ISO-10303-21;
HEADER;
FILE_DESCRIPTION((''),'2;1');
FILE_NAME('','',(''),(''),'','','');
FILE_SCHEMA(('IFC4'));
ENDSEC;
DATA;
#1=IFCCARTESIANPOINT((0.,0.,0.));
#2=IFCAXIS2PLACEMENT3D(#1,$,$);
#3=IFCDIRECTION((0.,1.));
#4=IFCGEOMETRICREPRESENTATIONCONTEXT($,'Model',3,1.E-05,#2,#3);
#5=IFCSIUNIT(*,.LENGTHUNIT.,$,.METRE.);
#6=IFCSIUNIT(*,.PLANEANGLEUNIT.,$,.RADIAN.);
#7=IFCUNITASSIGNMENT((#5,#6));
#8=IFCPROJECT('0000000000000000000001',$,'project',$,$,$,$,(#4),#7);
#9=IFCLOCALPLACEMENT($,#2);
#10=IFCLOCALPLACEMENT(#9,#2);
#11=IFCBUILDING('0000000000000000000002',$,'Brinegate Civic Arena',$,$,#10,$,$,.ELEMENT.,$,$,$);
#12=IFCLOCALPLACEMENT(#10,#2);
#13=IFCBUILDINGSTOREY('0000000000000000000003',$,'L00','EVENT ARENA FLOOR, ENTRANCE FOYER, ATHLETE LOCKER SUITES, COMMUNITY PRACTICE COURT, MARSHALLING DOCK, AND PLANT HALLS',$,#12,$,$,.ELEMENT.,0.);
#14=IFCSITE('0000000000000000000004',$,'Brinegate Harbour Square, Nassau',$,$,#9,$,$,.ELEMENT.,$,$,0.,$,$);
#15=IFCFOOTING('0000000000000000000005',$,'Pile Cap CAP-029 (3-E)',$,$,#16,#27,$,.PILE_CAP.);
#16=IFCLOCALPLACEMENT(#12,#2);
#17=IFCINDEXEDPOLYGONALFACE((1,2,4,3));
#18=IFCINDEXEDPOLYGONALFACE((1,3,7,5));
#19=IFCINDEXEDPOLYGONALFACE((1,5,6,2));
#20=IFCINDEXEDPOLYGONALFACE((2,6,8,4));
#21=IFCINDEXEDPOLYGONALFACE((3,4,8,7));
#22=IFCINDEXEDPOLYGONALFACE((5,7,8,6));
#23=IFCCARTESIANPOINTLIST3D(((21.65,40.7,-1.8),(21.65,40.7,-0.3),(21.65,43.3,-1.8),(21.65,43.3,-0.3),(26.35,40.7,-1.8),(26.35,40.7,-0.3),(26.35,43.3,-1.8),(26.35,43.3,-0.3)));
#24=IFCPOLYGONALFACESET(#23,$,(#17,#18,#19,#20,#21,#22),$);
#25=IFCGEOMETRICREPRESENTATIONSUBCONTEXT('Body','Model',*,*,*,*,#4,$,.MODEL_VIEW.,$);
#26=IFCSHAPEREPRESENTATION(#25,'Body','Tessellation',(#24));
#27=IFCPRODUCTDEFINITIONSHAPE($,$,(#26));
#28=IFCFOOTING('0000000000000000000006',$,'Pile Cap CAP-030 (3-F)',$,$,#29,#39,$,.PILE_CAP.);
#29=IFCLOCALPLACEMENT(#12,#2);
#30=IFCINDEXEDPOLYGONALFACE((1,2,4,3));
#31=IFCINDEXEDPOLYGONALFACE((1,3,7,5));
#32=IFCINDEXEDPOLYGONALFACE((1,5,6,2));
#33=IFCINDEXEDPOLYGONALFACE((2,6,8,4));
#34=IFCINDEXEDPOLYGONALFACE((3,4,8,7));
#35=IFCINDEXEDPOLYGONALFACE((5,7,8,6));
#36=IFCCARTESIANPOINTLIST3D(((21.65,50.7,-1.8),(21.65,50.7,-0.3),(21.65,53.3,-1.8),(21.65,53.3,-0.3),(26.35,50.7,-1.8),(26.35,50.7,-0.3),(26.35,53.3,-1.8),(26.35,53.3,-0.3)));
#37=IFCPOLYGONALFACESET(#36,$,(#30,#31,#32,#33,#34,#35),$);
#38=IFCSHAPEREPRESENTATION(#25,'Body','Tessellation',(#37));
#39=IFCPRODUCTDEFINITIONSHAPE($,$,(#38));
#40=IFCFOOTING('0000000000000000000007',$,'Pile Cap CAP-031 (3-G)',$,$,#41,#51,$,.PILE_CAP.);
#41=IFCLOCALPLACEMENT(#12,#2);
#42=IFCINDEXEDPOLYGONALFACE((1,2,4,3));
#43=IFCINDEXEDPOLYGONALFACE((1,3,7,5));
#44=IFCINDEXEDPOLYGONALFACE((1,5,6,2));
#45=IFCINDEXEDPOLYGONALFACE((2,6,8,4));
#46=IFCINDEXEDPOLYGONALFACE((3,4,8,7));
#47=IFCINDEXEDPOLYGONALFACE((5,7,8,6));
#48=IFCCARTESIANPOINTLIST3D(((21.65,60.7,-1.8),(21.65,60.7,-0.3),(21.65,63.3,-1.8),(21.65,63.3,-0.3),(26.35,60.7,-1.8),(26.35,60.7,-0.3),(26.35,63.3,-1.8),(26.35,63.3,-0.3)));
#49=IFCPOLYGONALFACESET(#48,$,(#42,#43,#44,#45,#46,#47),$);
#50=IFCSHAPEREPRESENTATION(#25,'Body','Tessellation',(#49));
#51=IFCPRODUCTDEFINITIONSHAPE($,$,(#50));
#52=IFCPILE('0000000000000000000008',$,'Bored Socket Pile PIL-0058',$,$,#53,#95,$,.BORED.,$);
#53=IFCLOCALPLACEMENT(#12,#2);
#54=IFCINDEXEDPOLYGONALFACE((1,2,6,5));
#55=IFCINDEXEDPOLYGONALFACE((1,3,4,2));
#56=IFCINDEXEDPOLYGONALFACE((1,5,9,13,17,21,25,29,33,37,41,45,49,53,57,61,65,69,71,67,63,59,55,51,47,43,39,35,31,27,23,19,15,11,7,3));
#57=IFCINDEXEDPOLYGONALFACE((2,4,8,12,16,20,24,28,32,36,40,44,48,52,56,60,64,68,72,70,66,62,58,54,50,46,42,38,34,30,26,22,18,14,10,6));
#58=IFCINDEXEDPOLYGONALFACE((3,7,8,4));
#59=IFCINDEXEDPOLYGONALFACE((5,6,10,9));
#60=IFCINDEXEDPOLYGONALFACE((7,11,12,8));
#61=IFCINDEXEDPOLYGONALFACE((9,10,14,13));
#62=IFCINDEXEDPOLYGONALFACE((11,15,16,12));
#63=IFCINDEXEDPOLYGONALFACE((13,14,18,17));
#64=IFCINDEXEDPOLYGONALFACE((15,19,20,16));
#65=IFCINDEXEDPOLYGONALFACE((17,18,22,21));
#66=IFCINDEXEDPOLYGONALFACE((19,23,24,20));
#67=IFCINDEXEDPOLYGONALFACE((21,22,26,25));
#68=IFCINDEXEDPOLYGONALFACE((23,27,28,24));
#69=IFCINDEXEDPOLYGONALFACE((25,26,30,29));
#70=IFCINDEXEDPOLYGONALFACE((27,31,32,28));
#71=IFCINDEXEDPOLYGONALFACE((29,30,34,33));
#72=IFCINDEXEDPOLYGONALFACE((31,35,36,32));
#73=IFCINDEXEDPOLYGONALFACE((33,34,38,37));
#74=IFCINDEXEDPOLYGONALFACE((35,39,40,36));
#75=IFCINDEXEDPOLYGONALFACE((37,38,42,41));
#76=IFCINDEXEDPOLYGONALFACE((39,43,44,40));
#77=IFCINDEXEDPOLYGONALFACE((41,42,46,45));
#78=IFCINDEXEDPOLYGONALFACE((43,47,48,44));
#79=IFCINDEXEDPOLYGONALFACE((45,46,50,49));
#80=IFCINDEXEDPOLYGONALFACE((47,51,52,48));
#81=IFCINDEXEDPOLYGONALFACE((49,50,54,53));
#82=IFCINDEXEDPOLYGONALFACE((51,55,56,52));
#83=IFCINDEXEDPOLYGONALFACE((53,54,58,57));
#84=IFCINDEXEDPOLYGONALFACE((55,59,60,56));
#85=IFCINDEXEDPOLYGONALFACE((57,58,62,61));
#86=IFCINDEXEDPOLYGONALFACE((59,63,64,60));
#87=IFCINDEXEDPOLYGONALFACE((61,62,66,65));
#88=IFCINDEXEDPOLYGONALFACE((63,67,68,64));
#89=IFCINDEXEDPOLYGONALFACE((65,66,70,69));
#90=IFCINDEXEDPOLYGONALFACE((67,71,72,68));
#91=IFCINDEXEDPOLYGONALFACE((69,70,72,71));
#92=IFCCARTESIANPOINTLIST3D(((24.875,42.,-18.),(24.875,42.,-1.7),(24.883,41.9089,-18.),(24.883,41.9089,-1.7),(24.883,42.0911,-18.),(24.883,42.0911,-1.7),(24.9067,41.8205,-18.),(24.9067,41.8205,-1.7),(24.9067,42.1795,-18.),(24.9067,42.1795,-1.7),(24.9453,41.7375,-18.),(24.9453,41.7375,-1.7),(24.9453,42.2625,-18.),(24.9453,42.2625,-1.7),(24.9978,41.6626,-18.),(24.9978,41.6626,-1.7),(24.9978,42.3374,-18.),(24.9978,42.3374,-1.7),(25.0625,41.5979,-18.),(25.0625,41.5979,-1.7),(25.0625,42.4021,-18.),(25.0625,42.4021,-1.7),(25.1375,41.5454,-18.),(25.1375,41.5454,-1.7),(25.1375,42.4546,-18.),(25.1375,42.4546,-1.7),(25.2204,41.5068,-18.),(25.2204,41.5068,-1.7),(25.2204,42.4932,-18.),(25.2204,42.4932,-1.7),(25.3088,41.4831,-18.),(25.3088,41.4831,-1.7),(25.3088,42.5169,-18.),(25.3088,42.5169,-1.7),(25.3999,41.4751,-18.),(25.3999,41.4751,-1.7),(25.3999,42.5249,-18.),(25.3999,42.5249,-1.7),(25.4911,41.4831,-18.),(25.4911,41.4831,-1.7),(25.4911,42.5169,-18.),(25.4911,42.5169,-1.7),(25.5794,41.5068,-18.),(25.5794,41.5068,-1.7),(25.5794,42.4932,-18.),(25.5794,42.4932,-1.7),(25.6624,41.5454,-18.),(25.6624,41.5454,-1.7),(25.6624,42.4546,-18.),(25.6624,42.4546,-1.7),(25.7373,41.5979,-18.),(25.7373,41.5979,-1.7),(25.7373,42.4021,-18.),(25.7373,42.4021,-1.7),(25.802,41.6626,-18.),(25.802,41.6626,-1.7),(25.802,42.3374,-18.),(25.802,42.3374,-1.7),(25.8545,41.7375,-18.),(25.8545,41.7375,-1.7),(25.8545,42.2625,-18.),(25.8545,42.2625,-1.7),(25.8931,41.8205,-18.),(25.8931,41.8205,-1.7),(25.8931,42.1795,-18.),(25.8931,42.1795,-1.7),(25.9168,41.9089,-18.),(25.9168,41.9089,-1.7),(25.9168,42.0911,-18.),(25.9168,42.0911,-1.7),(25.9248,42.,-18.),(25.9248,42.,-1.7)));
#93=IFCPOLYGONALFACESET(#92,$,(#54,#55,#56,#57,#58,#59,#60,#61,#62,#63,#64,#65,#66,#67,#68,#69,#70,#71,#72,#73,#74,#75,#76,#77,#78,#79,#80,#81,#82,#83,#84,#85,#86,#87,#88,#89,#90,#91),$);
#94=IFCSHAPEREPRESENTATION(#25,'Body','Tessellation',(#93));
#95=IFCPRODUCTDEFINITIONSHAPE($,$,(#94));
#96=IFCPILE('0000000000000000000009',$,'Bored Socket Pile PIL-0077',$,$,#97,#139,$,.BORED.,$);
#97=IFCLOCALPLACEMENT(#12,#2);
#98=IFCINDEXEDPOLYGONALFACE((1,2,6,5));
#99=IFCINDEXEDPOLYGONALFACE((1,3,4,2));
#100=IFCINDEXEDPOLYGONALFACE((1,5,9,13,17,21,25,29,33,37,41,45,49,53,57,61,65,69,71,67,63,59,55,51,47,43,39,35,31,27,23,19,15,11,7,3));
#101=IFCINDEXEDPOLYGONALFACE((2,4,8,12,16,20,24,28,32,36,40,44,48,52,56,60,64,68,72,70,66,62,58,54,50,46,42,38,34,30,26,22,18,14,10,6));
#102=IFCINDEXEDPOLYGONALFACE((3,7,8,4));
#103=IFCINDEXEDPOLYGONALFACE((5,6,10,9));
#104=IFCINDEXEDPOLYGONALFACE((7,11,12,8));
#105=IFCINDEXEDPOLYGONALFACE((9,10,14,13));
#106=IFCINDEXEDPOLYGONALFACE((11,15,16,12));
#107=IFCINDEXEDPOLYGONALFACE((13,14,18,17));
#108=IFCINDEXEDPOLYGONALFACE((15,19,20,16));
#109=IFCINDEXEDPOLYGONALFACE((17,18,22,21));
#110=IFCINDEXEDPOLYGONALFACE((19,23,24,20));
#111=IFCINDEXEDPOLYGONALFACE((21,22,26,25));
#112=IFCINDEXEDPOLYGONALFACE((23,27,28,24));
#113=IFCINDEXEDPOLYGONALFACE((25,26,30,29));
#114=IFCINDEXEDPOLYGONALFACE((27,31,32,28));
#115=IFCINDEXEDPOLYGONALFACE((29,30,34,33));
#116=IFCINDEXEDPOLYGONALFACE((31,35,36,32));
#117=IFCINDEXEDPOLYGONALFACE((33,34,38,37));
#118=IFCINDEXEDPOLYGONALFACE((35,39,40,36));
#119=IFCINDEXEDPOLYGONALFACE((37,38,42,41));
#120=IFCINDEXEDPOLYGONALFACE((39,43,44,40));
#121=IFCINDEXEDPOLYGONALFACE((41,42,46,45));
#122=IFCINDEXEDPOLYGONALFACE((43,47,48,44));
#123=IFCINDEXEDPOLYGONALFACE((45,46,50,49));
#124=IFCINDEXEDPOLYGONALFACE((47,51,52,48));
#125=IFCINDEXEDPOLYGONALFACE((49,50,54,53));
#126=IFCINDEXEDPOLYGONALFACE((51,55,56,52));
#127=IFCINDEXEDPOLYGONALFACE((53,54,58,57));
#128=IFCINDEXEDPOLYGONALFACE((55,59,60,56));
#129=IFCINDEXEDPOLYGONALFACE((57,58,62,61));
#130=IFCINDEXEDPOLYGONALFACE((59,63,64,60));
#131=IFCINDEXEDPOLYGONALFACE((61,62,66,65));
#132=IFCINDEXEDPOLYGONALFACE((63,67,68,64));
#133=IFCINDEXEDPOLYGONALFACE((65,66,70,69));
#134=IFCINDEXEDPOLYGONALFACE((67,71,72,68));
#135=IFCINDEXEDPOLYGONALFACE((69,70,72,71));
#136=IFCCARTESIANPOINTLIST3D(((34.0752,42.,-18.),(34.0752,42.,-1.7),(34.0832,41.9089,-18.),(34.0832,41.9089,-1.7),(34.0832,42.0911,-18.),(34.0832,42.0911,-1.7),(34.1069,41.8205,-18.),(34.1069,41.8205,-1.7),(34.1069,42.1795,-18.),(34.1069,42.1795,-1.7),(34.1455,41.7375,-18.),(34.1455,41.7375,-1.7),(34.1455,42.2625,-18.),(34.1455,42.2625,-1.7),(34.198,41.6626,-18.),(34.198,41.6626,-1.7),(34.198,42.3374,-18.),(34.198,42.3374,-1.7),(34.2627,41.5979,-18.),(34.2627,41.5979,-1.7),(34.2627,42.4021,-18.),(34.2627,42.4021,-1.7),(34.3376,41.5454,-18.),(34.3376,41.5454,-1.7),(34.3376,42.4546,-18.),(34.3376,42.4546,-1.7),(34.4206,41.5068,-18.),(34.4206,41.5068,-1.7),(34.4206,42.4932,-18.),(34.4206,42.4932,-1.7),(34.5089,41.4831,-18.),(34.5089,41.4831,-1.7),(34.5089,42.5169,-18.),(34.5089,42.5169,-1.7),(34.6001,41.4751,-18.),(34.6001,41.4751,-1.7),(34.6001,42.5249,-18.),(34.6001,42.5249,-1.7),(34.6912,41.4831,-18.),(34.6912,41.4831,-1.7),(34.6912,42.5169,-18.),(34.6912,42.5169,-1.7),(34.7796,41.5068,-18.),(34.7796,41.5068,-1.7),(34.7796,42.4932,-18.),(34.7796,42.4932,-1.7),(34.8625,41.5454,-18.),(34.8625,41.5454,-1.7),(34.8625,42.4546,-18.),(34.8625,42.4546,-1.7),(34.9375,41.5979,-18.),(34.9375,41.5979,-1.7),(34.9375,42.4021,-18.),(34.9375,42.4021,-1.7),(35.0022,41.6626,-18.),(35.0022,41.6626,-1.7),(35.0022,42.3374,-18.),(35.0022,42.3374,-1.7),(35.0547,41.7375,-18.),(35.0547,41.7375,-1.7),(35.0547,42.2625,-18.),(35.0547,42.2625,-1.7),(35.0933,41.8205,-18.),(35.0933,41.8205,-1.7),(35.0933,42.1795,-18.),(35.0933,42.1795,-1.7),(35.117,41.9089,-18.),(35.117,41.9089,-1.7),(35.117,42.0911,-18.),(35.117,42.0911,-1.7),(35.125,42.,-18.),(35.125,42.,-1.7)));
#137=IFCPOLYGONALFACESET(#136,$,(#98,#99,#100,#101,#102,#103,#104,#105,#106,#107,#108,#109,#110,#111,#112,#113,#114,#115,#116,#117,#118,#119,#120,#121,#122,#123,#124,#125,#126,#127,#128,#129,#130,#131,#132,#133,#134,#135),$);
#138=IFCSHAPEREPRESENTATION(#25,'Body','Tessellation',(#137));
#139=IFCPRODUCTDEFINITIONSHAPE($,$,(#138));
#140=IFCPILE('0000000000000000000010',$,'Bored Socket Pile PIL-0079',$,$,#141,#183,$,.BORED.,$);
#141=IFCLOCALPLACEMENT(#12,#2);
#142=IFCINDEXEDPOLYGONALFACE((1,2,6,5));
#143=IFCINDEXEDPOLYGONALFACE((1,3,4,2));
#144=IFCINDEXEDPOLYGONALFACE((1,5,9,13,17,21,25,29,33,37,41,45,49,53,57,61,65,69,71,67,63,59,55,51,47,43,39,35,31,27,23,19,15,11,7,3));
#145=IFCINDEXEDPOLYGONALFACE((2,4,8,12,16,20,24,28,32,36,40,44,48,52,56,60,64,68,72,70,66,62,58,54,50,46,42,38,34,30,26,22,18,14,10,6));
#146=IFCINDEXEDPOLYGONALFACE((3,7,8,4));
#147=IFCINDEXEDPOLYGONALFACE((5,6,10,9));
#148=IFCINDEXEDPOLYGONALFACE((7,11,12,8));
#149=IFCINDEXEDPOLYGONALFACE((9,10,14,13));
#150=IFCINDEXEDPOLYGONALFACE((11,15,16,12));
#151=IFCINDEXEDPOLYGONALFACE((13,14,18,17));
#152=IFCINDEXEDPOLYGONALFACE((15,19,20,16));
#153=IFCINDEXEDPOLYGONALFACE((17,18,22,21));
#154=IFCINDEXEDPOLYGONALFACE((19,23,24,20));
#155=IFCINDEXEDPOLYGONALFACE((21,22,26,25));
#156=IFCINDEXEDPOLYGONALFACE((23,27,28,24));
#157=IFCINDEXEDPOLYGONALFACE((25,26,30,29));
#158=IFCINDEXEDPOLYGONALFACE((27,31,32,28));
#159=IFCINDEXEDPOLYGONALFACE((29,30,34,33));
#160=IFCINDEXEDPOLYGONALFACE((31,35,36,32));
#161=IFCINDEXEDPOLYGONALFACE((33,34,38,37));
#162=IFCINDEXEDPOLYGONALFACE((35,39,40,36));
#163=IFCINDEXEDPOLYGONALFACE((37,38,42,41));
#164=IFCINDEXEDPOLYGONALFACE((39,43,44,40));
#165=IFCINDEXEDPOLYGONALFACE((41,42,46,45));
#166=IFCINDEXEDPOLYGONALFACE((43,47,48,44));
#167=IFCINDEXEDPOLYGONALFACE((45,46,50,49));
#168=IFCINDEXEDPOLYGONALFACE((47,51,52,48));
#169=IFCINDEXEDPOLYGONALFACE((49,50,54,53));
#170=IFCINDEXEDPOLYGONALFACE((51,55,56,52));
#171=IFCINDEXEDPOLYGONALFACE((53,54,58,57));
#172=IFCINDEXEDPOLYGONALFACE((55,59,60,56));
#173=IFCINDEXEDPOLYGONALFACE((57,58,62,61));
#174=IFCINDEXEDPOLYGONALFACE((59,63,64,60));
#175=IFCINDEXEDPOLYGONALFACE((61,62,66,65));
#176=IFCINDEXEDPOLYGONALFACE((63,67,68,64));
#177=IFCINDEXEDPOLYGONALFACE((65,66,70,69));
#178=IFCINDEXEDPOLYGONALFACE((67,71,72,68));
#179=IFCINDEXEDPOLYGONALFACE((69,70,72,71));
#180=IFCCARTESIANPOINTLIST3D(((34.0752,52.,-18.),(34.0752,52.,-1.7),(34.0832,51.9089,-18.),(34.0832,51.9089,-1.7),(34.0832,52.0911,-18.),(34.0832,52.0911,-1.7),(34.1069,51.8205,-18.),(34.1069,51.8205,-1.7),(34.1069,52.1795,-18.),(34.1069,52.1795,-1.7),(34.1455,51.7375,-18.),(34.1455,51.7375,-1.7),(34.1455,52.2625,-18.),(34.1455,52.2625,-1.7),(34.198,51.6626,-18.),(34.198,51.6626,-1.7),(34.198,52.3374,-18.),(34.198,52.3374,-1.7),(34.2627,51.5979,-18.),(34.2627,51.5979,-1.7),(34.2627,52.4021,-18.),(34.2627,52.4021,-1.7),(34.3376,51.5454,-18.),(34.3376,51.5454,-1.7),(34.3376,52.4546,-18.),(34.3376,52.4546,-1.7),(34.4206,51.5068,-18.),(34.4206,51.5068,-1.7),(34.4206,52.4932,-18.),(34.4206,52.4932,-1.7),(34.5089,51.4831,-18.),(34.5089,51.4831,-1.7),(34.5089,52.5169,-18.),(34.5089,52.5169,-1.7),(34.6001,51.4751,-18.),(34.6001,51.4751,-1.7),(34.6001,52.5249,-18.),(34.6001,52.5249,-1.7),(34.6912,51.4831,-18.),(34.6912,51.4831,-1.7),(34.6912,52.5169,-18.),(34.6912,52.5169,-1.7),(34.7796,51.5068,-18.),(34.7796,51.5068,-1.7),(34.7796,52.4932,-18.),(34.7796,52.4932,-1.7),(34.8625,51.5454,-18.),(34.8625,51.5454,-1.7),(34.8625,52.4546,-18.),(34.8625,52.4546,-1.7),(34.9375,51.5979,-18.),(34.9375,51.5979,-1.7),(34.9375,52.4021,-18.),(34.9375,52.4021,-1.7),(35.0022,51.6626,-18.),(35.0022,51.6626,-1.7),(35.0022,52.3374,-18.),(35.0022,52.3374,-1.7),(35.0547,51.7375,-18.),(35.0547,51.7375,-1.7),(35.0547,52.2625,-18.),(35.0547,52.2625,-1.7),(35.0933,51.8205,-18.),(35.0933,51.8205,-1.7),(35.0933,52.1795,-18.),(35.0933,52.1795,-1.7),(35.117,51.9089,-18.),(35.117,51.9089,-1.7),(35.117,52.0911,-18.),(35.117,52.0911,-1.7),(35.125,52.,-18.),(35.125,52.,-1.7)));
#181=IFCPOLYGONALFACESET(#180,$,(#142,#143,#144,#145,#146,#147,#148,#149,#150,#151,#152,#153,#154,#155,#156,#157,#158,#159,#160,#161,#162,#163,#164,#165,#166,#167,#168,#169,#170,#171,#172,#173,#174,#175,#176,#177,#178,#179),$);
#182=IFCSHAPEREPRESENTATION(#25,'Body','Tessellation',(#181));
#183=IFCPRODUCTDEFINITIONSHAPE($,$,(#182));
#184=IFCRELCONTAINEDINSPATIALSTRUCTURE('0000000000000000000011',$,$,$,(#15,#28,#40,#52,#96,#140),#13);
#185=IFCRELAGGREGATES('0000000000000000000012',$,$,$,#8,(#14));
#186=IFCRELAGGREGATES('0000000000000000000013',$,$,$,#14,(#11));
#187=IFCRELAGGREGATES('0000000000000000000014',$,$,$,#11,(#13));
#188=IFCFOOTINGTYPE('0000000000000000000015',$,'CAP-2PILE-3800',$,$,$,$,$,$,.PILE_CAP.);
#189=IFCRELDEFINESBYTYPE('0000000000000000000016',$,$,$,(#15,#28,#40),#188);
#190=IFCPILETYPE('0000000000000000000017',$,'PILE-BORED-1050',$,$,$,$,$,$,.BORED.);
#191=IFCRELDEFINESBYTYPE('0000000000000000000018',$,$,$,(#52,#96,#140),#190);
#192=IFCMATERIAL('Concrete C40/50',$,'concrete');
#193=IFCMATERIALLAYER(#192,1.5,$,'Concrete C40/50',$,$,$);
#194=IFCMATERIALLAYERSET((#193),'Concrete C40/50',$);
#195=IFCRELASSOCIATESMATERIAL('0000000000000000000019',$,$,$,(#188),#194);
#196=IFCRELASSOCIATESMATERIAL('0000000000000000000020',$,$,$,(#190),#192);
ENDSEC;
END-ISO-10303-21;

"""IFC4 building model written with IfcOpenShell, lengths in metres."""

from ifc_helpers import new_model, si_unit, direction, frame, origin, origin_2d, place, context, subcontext, project, spatial, rectangle, circle, extrude, material, layer, layer_set, material_profile, profile_set, type_object, element, save


model = new_model("IFC4")

# Units and contexts
model_context = context("Model", 3, precision=1e-05, world=origin(), true_north=direction((0.0, 1.0)))
body_context = subcontext(model_context, "Body", "Model", "MODEL_VIEW")
ifc_project = project(units=[si_unit("LENGTHUNIT", "METRE"), si_unit("PLANEANGLEUNIT", "RADIAN")], contexts=[model_context])

# Site, building, storey
site_placement = place(None, origin())
site = spatial("IfcSite", under=ifc_project, at=site_placement, Name="Brinegate Harbour Square, Nassau", CompositionType="ELEMENT", RefElevation=0.0)
building_placement = place(site_placement, origin())
building = spatial("IfcBuilding", under=site, at=building_placement, Name="Brinegate Civic Arena", CompositionType="ELEMENT")
storey_placement = place(building_placement, origin())
storey = spatial("IfcBuildingStorey", under=building, at=storey_placement, Name="L00", Description="EVENT ARENA FLOOR, ENTRANCE FOYER, ATHLETE LOCKER SUITES, COMMUNITY PRACTICE COURT, MARSHALLING DOCK, AND PLANT HALLS", CompositionType="ELEMENT", Elevation=0.0)

# Footings
ifc_material_1 = material(Name="Concrete C40/50", Category="concrete")
ifc_layer_1 = layer(ifc_material_1, 1.5, Name="Concrete C40/50")
ifc_layer_set_1 = layer_set([ifc_layer_1], Name="Concrete C40/50")
footing_type_1 = type_object("IfcFootingType", Name="CAP-2PILE-3800", PredefinedType="PILE_CAP", material=ifc_layer_set_1)
for number, where, z_axis, x_axis, name in (
    (1, (24.0, 42.0, -1.8), (0.0, 0.0, 1.0), (1.0, 0.0, 0.0), "Pile Cap CAP-029 (3-E)"),
    (2, (24.0, 52.0, -1.8), (0.0, 0.0, 1.0), (1.0, 0.0, 0.0), "Pile Cap CAP-030 (3-F)"),
    (3, (24.0, 62.0, -1.8), (0.0, 0.0, 1.0), (1.0, 0.0, 0.0), "Pile Cap CAP-031 (3-G)"),
):
    element("IfcFooting", number, at=place(storey_placement, frame(where, z_axis=z_axis, x_axis=x_axis)), inside=storey, type_object=footing_type_1, Name=name, PredefinedType="PILE_CAP", context=body_context, shape_type="SweptSolid", body=[
        extrude(rectangle(XDim=4.7, YDim=2.6001, at=origin_2d()), origin(), (0.0, 0.0, 1.0), 1.5),
    ])

# Piles
ifc_material_profile_1 = material_profile(ifc_material_1, circle(Radius=0.5249, at=origin_2d()), Name="PILED1050")
ifc_profile_set_1 = profile_set([ifc_material_profile_1], Name="Concrete C40/50")
pile_type_1 = type_object("IfcPileType", Name="PILE-BORED-1050", PredefinedType="BORED", material=ifc_profile_set_1)
for number, where, z_axis, x_axis, name in (
    (4, (25.3999, 42.0, -1.7), (0.0, 0.0, -1.0), (1.0, 0.0, 0.0), "Bored Socket Pile PIL-0058"),
    (5, (34.6001, 42.0, -1.7), (0.0, 0.0, -1.0), (1.0, 0.0, 0.0), "Bored Socket Pile PIL-0077"),
    (6, (34.6001, 52.0, -1.7), (0.0, 0.0, -1.0), (1.0, 0.0, 0.0), "Bored Socket Pile PIL-0079"),
):
    element("IfcPile", number, at=place(storey_placement, frame(where, z_axis=z_axis, x_axis=x_axis)), inside=storey, type_object=pile_type_1, Name=name, PredefinedType="BORED", context=body_context, shape_type="SweptSolid", body=[
        extrude(circle(Radius=0.5249, at=origin_2d()), origin(), (0.0, 0.0, 1.0), 16.3),
    ])

save(model, "model.ifc")
